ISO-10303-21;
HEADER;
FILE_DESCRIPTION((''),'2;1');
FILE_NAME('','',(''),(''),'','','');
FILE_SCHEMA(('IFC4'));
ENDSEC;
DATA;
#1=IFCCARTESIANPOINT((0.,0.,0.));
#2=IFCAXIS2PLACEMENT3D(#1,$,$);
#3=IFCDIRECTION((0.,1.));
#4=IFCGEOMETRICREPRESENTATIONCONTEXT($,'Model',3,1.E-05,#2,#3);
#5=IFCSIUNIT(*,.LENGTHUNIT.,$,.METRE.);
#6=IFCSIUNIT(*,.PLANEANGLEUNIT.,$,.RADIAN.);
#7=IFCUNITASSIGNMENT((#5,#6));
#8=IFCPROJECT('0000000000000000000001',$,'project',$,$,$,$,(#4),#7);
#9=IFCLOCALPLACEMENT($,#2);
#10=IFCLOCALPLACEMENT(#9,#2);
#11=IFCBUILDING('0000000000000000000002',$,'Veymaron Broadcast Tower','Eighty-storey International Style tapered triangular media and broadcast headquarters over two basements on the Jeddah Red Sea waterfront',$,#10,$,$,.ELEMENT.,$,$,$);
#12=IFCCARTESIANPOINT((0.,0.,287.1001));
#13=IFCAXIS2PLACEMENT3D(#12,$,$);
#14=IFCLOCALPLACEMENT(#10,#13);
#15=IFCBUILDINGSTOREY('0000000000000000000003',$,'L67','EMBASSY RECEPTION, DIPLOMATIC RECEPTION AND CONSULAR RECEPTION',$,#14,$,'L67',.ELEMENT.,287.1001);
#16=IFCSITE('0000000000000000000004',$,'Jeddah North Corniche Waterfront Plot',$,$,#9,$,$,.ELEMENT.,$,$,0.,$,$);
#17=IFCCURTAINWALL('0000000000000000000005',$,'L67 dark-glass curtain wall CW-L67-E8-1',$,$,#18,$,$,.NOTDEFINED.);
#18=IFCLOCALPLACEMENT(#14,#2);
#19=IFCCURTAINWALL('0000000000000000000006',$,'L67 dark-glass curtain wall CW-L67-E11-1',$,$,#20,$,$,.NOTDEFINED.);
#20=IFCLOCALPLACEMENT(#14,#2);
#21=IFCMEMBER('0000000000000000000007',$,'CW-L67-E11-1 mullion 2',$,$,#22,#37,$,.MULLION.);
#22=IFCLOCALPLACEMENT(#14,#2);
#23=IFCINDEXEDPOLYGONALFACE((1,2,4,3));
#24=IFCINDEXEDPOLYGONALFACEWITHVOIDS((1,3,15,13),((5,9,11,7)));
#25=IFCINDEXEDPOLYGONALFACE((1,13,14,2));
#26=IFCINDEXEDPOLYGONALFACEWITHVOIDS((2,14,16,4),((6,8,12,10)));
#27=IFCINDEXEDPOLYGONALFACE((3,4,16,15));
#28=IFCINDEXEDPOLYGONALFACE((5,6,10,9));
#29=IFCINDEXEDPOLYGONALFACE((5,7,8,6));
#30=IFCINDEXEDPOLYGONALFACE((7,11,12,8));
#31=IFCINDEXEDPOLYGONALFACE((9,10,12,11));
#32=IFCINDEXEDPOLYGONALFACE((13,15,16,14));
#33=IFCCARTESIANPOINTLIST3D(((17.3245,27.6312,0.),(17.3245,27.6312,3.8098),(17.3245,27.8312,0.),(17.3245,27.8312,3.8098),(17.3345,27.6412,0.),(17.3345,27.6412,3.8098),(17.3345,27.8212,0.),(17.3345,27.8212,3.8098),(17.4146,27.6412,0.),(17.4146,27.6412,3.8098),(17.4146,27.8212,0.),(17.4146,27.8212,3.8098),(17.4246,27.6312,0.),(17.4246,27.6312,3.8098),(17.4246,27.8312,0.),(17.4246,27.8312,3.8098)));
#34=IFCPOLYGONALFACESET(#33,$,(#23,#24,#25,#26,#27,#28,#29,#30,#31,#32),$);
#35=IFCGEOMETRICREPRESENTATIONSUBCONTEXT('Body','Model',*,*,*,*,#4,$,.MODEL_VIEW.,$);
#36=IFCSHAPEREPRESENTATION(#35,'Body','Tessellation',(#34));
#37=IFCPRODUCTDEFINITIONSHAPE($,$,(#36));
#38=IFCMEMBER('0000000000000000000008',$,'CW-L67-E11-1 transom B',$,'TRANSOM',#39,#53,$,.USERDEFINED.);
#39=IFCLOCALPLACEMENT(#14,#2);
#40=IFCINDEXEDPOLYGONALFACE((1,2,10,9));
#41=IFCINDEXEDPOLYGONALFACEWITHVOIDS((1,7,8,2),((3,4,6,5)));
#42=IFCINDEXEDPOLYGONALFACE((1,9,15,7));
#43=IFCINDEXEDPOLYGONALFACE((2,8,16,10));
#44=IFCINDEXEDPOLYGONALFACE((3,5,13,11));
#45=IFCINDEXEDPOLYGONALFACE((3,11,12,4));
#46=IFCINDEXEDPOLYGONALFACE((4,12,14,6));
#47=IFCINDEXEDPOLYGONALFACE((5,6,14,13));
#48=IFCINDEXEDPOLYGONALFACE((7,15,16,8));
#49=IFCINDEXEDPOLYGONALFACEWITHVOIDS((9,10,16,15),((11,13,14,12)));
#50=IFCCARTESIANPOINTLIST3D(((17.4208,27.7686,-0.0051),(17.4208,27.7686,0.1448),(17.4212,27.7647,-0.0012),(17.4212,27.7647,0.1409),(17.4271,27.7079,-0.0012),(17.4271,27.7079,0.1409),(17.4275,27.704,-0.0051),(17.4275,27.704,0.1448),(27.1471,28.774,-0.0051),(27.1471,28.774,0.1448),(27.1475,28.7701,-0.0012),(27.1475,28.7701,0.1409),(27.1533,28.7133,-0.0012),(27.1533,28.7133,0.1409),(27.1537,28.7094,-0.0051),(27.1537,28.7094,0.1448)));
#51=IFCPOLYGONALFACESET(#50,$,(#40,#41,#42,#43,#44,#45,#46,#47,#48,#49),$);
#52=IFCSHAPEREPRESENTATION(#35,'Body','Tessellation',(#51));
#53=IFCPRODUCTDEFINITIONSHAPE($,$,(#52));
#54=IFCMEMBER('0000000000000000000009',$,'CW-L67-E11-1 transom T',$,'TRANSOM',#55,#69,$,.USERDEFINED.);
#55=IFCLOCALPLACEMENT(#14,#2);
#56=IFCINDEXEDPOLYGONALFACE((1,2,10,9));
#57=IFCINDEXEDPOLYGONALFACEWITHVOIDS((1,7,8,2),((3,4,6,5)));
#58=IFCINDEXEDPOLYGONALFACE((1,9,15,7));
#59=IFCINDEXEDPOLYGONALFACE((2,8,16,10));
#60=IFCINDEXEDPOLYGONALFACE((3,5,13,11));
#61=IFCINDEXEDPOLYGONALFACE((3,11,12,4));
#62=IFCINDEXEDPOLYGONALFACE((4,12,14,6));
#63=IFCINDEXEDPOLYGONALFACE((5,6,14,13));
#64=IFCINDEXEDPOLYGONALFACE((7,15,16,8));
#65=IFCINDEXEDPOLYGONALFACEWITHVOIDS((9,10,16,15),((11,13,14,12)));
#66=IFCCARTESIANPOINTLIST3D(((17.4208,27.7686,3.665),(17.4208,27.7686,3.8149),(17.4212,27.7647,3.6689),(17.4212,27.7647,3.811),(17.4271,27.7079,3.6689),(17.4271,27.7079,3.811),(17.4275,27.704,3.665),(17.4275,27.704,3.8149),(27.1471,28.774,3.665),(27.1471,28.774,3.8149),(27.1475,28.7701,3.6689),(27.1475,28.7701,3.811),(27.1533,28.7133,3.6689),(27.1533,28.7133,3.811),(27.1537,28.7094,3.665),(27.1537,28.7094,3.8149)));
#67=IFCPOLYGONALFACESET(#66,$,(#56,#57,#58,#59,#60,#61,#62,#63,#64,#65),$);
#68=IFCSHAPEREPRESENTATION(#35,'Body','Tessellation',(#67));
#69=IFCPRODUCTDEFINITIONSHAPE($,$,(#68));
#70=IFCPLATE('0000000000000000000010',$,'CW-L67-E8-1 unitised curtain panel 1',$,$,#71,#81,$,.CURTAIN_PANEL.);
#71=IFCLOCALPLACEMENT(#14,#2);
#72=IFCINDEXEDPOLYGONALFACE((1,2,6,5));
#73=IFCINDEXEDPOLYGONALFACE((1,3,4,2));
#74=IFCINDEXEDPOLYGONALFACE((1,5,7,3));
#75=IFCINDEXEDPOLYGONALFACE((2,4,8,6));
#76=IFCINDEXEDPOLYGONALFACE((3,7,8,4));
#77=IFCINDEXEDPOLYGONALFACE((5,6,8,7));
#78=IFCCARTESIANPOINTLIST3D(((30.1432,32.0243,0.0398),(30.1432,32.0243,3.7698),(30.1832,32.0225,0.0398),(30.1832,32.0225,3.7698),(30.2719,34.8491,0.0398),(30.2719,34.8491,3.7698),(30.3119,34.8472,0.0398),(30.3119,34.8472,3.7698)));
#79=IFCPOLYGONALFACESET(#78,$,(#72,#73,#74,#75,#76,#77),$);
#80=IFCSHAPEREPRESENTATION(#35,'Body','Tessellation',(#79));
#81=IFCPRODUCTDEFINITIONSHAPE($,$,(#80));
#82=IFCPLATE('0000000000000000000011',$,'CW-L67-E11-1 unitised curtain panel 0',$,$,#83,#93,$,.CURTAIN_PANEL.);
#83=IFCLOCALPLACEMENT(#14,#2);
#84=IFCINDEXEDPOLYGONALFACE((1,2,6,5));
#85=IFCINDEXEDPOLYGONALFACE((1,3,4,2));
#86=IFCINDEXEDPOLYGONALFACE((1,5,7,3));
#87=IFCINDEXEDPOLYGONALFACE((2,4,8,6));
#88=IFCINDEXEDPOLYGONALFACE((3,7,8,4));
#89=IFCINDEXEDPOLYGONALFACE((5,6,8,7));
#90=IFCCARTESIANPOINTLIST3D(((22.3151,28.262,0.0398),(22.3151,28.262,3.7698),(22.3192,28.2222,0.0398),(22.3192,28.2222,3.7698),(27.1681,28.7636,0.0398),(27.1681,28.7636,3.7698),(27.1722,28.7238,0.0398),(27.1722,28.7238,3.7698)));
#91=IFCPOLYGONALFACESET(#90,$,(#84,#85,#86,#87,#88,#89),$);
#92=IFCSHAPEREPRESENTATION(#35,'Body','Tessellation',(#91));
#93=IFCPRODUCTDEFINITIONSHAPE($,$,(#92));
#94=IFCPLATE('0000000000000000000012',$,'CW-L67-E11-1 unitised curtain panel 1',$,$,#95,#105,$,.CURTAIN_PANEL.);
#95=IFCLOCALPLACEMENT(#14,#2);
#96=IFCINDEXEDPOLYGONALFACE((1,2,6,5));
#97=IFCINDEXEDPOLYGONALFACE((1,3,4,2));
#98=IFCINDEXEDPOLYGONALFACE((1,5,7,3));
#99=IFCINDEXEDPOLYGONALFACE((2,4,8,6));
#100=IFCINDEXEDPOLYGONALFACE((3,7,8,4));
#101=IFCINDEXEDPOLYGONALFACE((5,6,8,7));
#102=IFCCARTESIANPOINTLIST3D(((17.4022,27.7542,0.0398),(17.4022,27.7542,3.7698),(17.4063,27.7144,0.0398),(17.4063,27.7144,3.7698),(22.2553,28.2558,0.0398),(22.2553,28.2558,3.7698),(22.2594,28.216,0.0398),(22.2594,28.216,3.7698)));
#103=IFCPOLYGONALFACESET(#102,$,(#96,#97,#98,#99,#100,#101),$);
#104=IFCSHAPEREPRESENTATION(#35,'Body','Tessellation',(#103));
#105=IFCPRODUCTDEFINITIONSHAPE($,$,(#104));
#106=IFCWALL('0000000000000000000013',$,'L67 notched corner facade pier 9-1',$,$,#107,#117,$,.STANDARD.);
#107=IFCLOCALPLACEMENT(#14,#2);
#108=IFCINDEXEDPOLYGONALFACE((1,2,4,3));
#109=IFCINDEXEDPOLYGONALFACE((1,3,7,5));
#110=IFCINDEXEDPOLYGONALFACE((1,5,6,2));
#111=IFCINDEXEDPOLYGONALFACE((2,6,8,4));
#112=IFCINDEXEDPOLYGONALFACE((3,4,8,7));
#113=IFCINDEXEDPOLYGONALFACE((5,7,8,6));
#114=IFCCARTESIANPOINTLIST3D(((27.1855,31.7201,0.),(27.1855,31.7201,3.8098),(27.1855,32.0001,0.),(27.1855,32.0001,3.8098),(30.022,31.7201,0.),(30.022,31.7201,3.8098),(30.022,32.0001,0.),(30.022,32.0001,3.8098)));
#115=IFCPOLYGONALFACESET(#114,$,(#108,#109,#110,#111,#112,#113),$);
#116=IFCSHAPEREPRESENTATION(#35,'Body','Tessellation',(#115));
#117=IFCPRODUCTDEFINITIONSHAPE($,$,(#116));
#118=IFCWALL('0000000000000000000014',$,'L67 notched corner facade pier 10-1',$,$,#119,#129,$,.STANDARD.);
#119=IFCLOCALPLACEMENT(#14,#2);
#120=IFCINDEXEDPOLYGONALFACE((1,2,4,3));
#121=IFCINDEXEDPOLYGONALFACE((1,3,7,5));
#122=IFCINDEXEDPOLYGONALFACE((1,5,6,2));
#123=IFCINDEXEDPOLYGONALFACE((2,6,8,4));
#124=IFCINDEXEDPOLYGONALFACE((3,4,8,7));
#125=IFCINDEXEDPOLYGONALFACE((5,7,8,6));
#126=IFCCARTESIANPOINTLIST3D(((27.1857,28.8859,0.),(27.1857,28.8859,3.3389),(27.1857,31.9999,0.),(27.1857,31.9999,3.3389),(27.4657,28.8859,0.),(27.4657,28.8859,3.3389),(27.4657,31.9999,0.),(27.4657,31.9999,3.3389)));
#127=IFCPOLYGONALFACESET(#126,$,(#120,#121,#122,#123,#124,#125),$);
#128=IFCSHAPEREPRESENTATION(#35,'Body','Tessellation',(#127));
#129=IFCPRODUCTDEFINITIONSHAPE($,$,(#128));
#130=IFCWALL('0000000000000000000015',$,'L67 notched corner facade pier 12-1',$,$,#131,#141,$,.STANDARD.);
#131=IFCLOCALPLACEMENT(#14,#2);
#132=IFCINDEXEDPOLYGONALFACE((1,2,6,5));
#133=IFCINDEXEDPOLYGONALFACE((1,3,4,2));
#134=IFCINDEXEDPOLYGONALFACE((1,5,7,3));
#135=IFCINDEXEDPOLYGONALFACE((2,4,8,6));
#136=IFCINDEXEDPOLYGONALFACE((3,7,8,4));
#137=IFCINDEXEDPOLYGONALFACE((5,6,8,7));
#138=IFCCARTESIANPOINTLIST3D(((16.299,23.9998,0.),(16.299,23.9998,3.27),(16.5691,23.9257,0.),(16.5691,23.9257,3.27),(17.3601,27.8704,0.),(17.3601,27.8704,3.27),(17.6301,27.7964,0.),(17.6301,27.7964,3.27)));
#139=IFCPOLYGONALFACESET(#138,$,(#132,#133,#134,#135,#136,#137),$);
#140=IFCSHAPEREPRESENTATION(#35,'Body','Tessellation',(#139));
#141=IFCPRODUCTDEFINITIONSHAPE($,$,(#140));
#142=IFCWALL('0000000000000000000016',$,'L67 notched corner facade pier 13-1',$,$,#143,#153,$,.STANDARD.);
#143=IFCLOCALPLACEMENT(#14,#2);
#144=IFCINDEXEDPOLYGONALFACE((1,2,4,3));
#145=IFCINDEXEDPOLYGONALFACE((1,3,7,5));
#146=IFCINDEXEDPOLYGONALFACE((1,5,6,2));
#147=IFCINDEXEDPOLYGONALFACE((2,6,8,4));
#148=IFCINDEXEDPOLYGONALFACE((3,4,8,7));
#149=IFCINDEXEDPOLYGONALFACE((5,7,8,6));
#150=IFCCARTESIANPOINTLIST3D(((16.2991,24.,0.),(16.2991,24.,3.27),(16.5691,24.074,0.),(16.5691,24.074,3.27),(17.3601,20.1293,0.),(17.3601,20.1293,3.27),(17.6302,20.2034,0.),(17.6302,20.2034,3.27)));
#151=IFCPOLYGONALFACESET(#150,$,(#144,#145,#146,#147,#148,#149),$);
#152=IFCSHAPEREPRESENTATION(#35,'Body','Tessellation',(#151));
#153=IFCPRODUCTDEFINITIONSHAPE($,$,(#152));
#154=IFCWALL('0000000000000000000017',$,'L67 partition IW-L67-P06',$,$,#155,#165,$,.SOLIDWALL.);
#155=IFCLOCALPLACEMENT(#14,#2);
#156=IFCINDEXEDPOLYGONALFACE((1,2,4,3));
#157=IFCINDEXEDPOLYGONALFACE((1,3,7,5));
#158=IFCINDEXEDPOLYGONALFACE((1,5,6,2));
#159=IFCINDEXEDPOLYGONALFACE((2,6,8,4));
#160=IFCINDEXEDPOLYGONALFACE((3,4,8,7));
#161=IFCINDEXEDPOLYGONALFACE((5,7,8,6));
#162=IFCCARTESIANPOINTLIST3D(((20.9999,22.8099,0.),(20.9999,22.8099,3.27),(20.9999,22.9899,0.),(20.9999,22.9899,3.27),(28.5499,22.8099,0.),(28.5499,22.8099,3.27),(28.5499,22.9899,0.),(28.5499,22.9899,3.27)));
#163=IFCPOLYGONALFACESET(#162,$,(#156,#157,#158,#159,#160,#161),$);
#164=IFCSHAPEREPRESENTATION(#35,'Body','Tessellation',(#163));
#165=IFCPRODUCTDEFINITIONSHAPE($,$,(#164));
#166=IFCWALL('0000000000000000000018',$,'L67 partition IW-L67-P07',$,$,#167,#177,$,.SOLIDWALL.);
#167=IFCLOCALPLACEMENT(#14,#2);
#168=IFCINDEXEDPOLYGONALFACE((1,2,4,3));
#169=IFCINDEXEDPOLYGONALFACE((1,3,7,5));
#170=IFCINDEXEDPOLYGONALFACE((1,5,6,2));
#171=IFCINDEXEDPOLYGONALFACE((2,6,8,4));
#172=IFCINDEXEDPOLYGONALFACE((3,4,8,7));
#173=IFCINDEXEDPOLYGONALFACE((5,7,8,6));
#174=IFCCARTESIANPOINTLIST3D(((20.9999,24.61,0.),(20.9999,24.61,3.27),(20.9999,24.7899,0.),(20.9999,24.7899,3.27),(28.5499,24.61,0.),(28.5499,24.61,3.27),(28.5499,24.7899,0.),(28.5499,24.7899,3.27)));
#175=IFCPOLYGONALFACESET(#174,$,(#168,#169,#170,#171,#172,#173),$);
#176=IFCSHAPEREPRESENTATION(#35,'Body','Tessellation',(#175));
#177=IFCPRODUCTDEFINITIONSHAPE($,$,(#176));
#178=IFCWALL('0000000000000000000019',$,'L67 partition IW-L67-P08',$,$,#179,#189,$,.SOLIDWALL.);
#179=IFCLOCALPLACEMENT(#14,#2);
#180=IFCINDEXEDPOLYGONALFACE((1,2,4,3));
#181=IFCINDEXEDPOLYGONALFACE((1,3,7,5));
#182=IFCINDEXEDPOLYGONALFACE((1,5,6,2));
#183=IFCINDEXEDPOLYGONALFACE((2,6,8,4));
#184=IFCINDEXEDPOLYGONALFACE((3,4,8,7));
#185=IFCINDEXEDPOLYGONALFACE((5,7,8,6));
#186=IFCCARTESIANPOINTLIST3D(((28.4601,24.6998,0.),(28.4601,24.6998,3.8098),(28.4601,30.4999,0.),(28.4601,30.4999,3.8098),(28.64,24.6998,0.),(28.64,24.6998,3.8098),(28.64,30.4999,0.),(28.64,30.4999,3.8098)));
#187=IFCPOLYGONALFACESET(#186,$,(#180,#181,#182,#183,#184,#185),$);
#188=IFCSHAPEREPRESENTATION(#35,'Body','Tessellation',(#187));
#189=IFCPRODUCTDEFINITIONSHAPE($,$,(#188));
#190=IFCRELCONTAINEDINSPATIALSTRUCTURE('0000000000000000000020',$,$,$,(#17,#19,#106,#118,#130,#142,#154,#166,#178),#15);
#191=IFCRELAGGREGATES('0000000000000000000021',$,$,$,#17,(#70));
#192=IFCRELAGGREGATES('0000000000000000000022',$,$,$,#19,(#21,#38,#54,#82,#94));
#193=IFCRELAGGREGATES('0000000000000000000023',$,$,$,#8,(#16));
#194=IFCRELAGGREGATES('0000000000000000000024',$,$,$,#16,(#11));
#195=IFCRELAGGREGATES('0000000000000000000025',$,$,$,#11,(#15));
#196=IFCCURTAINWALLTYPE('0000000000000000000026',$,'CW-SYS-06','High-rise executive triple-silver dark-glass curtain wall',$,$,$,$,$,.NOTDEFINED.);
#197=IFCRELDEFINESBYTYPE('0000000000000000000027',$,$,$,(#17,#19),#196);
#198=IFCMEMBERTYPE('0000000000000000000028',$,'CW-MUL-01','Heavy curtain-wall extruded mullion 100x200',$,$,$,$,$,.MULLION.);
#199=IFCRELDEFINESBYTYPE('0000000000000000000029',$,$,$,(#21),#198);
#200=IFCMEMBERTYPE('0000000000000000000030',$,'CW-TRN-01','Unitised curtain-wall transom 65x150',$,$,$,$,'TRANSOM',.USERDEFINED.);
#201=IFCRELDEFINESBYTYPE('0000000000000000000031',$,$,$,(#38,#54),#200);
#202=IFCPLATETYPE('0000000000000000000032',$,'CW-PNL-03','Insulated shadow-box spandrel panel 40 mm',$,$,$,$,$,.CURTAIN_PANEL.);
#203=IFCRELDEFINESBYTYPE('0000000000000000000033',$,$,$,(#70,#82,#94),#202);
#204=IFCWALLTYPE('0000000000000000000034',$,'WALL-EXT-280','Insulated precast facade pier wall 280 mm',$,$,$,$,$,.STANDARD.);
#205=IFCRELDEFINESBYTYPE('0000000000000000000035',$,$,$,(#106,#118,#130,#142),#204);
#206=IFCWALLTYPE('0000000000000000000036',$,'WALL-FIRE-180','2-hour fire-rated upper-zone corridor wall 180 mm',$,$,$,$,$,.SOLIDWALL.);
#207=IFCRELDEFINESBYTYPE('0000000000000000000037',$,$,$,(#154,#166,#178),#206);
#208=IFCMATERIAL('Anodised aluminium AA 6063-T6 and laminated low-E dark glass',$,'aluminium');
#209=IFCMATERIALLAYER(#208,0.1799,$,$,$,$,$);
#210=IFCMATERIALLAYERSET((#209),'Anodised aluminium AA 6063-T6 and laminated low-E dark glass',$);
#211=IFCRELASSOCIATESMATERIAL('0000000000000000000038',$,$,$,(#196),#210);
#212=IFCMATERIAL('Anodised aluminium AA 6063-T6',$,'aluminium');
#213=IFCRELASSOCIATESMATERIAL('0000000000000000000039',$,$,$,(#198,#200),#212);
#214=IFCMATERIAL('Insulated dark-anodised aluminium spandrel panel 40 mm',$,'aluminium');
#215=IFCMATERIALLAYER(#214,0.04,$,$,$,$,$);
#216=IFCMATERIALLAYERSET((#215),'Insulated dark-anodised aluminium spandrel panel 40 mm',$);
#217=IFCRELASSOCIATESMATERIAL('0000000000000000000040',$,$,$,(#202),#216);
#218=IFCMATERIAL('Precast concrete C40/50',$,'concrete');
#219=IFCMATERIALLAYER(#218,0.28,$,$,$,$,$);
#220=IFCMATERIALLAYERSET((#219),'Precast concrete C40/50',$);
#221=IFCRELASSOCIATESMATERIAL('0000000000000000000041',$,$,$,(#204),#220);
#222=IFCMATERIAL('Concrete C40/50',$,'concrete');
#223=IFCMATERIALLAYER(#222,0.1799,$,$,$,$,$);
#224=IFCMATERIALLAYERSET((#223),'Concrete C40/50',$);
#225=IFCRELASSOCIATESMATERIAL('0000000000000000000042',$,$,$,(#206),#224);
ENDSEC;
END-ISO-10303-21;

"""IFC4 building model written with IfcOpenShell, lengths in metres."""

from ifc_helpers import new_model, si_unit, direction, frame, frame_2d, origin, origin_2d, place, context, subcontext, project, spatial, rectangle, hollow_rectangle, extrude, material, layer, layer_set, material_profile, profile_set, type_object, element, aggregate, save


model = new_model("IFC4")

# Units and contexts
model_context = context("Model", 3, precision=1e-05, world=origin(), true_north=direction((0.0, 1.0)))
body_context = subcontext(model_context, "Body", "Model", "MODEL_VIEW")
ifc_project = project(units=[si_unit("LENGTHUNIT", "METRE"), si_unit("PLANEANGLEUNIT", "RADIAN")], contexts=[model_context])

# Site, building, storey
site_placement = place(None, origin())
site = spatial("IfcSite", under=ifc_project, at=site_placement, Name="Jeddah North Corniche Waterfront Plot", CompositionType="ELEMENT", RefElevation=0.0)
building_placement = place(site_placement, origin())
building = spatial("IfcBuilding", under=site, at=building_placement, Name="Veymaron Broadcast Tower", Description="Eighty-storey International Style tapered triangular media and broadcast headquarters over two basements on the Jeddah Red Sea waterfront", CompositionType="ELEMENT")
storey_placement = place(building_placement, frame((0.0, 0.0, 287.1001)))
storey = spatial("IfcBuildingStorey", under=building, at=storey_placement, Name="L67", Description="EMBASSY RECEPTION, DIPLOMATIC RECEPTION AND CONSULAR RECEPTION", LongName="L67", CompositionType="ELEMENT", Elevation=287.1001)

# Curtain wall
ifc_material_1 = material(Name="Anodised aluminium AA 6063-T6 and laminated low-E dark glass", Category="aluminium")
ifc_layer_1 = layer(ifc_material_1, 0.1799)
ifc_layer_set_1 = layer_set([ifc_layer_1], Name="Anodised aluminium AA 6063-T6 and laminated low-E dark glass")
curtain_wall_type = type_object("IfcCurtainWallType", Name="CW-SYS-06", Description="High-rise executive triple-silver dark-glass curtain wall", PredefinedType="NOTDEFINED", material=ifc_layer_set_1)
curtain_wall_1_placement = place(storey_placement, origin())
curtain_wall_1 = element("IfcCurtainWall", 1, at=curtain_wall_1_placement, inside=storey, type_object=curtain_wall_type, Name="L67 dark-glass curtain wall CW-L67-E8-1", PredefinedType="NOTDEFINED")
ifc_material_2 = material(Name="Anodised aluminium AA 6063-T6", Category="aluminium")
ifc_material_profile_1 = material_profile(ifc_material_2, hollow_rectangle(XDim=0.1001, YDim=0.2, WallThickness=0.01, at=origin_2d()), Name="RHS200X100X10")
ifc_profile_set_1 = profile_set([ifc_material_profile_1], Name="Anodised aluminium AA 6063-T6")
member_type_1 = type_object("IfcMemberType", Name="CW-MUL-01", Description="Heavy curtain-wall extruded mullion 100x200", PredefinedType="MULLION", material=ifc_profile_set_1)

# Curtain wall, members
curtain_wall_2_placement = place(storey_placement, origin())
curtain_wall_2 = element("IfcCurtainWall", 2, at=curtain_wall_2_placement, inside=storey, type_object=curtain_wall_type, Name="L67 dark-glass curtain wall CW-L67-E11-1", PredefinedType="NOTDEFINED")
member_1_placement = place(storey_placement, frame((17.3745, 27.7312, 0.0), z_axis=(0.0, 0.0, 1.0), x_axis=(1.0, 0.0, 0.0)))
member_1 = element("IfcMember", 3, at=member_1_placement, type_object=member_type_1, Name="CW-L67-E11-1 mullion 2", PredefinedType="MULLION", context=body_context, shape_type="SweptSolid", body=[
    extrude(hollow_rectangle(XDim=0.1001, YDim=0.2, WallThickness=0.01, at=origin_2d()), origin(), (0.0, 0.0, 1.0), 3.8098),
])
ifc_material_profile_2 = material_profile(ifc_material_2, hollow_rectangle(XDim=0.0649, YDim=0.1499, WallThickness=0.0039, at=origin_2d()), Name="AL150X65X4")
ifc_profile_set_2 = profile_set([ifc_material_profile_2], Name="Anodised aluminium AA 6063-T6")
member_type_2 = type_object("IfcMemberType", Name="CW-TRN-01", Description="Unitised curtain-wall transom 65x150", ElementType="TRANSOM", PredefinedType="USERDEFINED", material=ifc_profile_set_2)
member_2_placement = place(storey_placement, frame((27.1504, 28.7417, 0.0698), z_axis=(-0.9947, -0.102818, 0.0), x_axis=(0.102818, -0.9947, 0.0)))
member_2 = element("IfcMember", 4, at=member_2_placement, type_object=member_type_2, Name="CW-L67-E11-1 transom B", ObjectType="TRANSOM", PredefinedType="USERDEFINED", context=body_context, shape_type="SweptSolid", body=[
    extrude(hollow_rectangle(XDim=0.0649, YDim=0.1499, WallThickness=0.0039, at=origin_2d()), origin(), (0.0, 0.0, 1.0), 9.7781),
])
member_3_placement = place(storey_placement, frame((27.1504, 28.7417, 3.74), z_axis=(-0.9947, -0.102818, 0.0), x_axis=(0.102818, -0.9947, 0.0)))
member_3 = element("IfcMember", 5, at=member_3_placement, type_object=member_type_2, Name="CW-L67-E11-1 transom T", ObjectType="TRANSOM", PredefinedType="USERDEFINED", context=body_context, shape_type="SweptSolid", body=[
    extrude(hollow_rectangle(XDim=0.0649, YDim=0.1499, WallThickness=0.0039, at=origin_2d()), origin(), (0.0, 0.0, 1.0), 9.7781),
])

# Plates
ifc_material_3 = material(Name="Insulated dark-anodised aluminium spandrel panel 40 mm", Category="aluminium")
ifc_layer_2 = layer(ifc_material_3, 0.04)
ifc_layer_set_2 = layer_set([ifc_layer_2], Name="Insulated dark-anodised aluminium spandrel panel 40 mm")
plate_type = type_object("IfcPlateType", Name="CW-PNL-03", Description="Insulated shadow-box spandrel panel 40 mm", PredefinedType="CURTAIN_PANEL", material=ifc_layer_set_2)
plate_1_placement = place(storey_placement, frame((30.2275, 33.4358, 0.0398), z_axis=(0.0, 0.0, 1.0), x_axis=(-0.045502, -0.998964, 0.0)))
plate_1 = element("IfcPlate", 6, at=plate_1_placement, type_object=plate_type, Name="CW-L67-E8-1 unitised curtain panel 1", PredefinedType="CURTAIN_PANEL", context=body_context, shape_type="SweptSolid", body=[
    extrude(rectangle(XDim=2.8276, YDim=0.04, at=origin_2d()), origin(), (0.0, 0.0, 1.0), 3.73),
])
aggregate(curtain_wall_1, [plate_1])
plate_2_placement = place(storey_placement, frame((24.7437, 28.4929, 0.0398), z_axis=(0.0, 0.0, 1.0), x_axis=(-0.994701, -0.10281, 0.0)))
plate_2 = element("IfcPlate", 7, at=plate_2_placement, type_object=plate_type, Name="CW-L67-E11-1 unitised curtain panel 0", PredefinedType="CURTAIN_PANEL", context=body_context, shape_type="SweptSolid", body=[
    extrude(rectangle(XDim=4.8789, YDim=0.04, at=origin_2d()), origin(), (0.0, 0.0, 1.0), 3.73),
])
plate_3_placement = place(storey_placement, frame((19.8308, 27.9851, 0.0398), z_axis=(0.0, 0.0, 1.0), x_axis=(-0.994701, -0.10281, 0.0)))
plate_3 = element("IfcPlate", 8, at=plate_3_placement, type_object=plate_type, Name="CW-L67-E11-1 unitised curtain panel 1", PredefinedType="CURTAIN_PANEL", context=body_context, shape_type="SweptSolid", body=[
    extrude(rectangle(XDim=4.8789, YDim=0.04, at=origin_2d()), origin(), (0.0, 0.0, 1.0), 3.73),
])
aggregate(curtain_wall_2, [member_1, member_2, member_3, plate_2, plate_3])

# Walls
ifc_material_4 = material(Name="Precast concrete C40/50", Category="concrete")
ifc_layer_3 = layer(ifc_material_4, 0.28)
ifc_layer_set_3 = layer_set([ifc_layer_3], Name="Precast concrete C40/50")
wall_type_1 = type_object("IfcWallType", Name="WALL-EXT-280", Description="Insulated precast facade pier wall 280 mm", PredefinedType="STANDARD", material=ifc_layer_set_3)
wall_1_placement = place(storey_placement, frame((30.022, 31.8601, 0.0), z_axis=(0.0, 0.0, 1.0), x_axis=(-1.0, 0.0, 0.0)))
element("IfcWall", 9, at=wall_1_placement, inside=storey, type_object=wall_type_1, Name="L67 notched corner facade pier 9-1", PredefinedType="STANDARD", context=body_context, shape_type="SweptSolid", body=[
    extrude(rectangle(XDim=2.8364, YDim=0.28, at=frame_2d((1.4182, 0.0))), origin(), (0.0, 0.0, 1.0), 3.8098),
])
wall_2_placement = place(storey_placement, frame((27.3257, 32.0, 0.0), z_axis=(0.0, 0.0, 1.0), x_axis=(0.0, -1.0, 0.0)))
element("IfcWall", 10, at=wall_2_placement, inside=storey, type_object=wall_type_1, Name="L67 notched corner facade pier 10-1", PredefinedType="STANDARD", context=body_context, shape_type="SweptSolid", body=[
    extrude(rectangle(XDim=3.114, YDim=0.28, at=frame_2d((1.5571, 0.0))), origin(), (0.0, 0.0, 1.0), 3.3389),
])
for number, where, z_axis, x_axis, name in (
    (11, (17.4951, 27.8335, 0.0), (0.0, 0.0, 1.0), (-0.264373, -0.96442, 0.0), "L67 notched corner facade pier 12-1"),
    (12, (16.4341, 24.0371, 0.0), (0.0, 0.0, 1.0), (0.264373, -0.96442, 0.0), "L67 notched corner facade pier 13-1"),
):
    element("IfcWall", number, at=place(storey_placement, frame(where, z_axis=z_axis, x_axis=x_axis)), inside=storey, type_object=wall_type_1, Name=name, PredefinedType="STANDARD", context=body_context, shape_type="SweptSolid", body=[
        extrude(rectangle(XDim=4.0134, YDim=0.28, at=frame_2d((2.0068, 0.0))), origin(), (0.0, 0.0, 1.0), 3.27),
    ])
ifc_material_5 = material(Name="Concrete C40/50", Category="concrete")
ifc_layer_4 = layer(ifc_material_5, 0.1799)
ifc_layer_set_4 = layer_set([ifc_layer_4], Name="Concrete C40/50")
wall_type_2 = type_object("IfcWallType", Name="WALL-FIRE-180", Description="2-hour fire-rated upper-zone corridor wall 180 mm", PredefinedType="SOLIDWALL", material=ifc_layer_set_4)
for number, where, z_axis, x_axis, name in (
    (13, (21.0, 22.8999, 0.0), (0.0, 0.0, 1.0), (1.0, 0.0, 0.0), "L67 partition IW-L67-P06"),
    (14, (21.0, 24.7, 0.0), (0.0, 0.0, 1.0), (1.0, 0.0, 0.0), "L67 partition IW-L67-P07"),
):
    element("IfcWall", number, at=place(storey_placement, frame(where, z_axis=z_axis, x_axis=x_axis)), inside=storey, type_object=wall_type_2, Name=name, PredefinedType="SOLIDWALL", context=body_context, shape_type="SweptSolid", body=[
        extrude(rectangle(XDim=7.55, YDim=0.1799, at=frame_2d((3.7749, 0.0))), origin(), (0.0, 0.0, 1.0), 3.27),
    ])
wall_3_placement = place(storey_placement, frame((28.55, 24.7, 0.0), z_axis=(0.0, 0.0, 1.0), x_axis=(0.0, 1.0, 0.0)))
element("IfcWall", 15, at=wall_3_placement, inside=storey, type_object=wall_type_2, Name="L67 partition IW-L67-P08", PredefinedType="SOLIDWALL", context=body_context, shape_type="SweptSolid", body=[
    extrude(rectangle(XDim=5.8, YDim=0.1799, at=frame_2d((2.8999, 0.0))), origin(), (0.0, 0.0, 1.0), 3.8098),
])

save(model, "model.ifc")
